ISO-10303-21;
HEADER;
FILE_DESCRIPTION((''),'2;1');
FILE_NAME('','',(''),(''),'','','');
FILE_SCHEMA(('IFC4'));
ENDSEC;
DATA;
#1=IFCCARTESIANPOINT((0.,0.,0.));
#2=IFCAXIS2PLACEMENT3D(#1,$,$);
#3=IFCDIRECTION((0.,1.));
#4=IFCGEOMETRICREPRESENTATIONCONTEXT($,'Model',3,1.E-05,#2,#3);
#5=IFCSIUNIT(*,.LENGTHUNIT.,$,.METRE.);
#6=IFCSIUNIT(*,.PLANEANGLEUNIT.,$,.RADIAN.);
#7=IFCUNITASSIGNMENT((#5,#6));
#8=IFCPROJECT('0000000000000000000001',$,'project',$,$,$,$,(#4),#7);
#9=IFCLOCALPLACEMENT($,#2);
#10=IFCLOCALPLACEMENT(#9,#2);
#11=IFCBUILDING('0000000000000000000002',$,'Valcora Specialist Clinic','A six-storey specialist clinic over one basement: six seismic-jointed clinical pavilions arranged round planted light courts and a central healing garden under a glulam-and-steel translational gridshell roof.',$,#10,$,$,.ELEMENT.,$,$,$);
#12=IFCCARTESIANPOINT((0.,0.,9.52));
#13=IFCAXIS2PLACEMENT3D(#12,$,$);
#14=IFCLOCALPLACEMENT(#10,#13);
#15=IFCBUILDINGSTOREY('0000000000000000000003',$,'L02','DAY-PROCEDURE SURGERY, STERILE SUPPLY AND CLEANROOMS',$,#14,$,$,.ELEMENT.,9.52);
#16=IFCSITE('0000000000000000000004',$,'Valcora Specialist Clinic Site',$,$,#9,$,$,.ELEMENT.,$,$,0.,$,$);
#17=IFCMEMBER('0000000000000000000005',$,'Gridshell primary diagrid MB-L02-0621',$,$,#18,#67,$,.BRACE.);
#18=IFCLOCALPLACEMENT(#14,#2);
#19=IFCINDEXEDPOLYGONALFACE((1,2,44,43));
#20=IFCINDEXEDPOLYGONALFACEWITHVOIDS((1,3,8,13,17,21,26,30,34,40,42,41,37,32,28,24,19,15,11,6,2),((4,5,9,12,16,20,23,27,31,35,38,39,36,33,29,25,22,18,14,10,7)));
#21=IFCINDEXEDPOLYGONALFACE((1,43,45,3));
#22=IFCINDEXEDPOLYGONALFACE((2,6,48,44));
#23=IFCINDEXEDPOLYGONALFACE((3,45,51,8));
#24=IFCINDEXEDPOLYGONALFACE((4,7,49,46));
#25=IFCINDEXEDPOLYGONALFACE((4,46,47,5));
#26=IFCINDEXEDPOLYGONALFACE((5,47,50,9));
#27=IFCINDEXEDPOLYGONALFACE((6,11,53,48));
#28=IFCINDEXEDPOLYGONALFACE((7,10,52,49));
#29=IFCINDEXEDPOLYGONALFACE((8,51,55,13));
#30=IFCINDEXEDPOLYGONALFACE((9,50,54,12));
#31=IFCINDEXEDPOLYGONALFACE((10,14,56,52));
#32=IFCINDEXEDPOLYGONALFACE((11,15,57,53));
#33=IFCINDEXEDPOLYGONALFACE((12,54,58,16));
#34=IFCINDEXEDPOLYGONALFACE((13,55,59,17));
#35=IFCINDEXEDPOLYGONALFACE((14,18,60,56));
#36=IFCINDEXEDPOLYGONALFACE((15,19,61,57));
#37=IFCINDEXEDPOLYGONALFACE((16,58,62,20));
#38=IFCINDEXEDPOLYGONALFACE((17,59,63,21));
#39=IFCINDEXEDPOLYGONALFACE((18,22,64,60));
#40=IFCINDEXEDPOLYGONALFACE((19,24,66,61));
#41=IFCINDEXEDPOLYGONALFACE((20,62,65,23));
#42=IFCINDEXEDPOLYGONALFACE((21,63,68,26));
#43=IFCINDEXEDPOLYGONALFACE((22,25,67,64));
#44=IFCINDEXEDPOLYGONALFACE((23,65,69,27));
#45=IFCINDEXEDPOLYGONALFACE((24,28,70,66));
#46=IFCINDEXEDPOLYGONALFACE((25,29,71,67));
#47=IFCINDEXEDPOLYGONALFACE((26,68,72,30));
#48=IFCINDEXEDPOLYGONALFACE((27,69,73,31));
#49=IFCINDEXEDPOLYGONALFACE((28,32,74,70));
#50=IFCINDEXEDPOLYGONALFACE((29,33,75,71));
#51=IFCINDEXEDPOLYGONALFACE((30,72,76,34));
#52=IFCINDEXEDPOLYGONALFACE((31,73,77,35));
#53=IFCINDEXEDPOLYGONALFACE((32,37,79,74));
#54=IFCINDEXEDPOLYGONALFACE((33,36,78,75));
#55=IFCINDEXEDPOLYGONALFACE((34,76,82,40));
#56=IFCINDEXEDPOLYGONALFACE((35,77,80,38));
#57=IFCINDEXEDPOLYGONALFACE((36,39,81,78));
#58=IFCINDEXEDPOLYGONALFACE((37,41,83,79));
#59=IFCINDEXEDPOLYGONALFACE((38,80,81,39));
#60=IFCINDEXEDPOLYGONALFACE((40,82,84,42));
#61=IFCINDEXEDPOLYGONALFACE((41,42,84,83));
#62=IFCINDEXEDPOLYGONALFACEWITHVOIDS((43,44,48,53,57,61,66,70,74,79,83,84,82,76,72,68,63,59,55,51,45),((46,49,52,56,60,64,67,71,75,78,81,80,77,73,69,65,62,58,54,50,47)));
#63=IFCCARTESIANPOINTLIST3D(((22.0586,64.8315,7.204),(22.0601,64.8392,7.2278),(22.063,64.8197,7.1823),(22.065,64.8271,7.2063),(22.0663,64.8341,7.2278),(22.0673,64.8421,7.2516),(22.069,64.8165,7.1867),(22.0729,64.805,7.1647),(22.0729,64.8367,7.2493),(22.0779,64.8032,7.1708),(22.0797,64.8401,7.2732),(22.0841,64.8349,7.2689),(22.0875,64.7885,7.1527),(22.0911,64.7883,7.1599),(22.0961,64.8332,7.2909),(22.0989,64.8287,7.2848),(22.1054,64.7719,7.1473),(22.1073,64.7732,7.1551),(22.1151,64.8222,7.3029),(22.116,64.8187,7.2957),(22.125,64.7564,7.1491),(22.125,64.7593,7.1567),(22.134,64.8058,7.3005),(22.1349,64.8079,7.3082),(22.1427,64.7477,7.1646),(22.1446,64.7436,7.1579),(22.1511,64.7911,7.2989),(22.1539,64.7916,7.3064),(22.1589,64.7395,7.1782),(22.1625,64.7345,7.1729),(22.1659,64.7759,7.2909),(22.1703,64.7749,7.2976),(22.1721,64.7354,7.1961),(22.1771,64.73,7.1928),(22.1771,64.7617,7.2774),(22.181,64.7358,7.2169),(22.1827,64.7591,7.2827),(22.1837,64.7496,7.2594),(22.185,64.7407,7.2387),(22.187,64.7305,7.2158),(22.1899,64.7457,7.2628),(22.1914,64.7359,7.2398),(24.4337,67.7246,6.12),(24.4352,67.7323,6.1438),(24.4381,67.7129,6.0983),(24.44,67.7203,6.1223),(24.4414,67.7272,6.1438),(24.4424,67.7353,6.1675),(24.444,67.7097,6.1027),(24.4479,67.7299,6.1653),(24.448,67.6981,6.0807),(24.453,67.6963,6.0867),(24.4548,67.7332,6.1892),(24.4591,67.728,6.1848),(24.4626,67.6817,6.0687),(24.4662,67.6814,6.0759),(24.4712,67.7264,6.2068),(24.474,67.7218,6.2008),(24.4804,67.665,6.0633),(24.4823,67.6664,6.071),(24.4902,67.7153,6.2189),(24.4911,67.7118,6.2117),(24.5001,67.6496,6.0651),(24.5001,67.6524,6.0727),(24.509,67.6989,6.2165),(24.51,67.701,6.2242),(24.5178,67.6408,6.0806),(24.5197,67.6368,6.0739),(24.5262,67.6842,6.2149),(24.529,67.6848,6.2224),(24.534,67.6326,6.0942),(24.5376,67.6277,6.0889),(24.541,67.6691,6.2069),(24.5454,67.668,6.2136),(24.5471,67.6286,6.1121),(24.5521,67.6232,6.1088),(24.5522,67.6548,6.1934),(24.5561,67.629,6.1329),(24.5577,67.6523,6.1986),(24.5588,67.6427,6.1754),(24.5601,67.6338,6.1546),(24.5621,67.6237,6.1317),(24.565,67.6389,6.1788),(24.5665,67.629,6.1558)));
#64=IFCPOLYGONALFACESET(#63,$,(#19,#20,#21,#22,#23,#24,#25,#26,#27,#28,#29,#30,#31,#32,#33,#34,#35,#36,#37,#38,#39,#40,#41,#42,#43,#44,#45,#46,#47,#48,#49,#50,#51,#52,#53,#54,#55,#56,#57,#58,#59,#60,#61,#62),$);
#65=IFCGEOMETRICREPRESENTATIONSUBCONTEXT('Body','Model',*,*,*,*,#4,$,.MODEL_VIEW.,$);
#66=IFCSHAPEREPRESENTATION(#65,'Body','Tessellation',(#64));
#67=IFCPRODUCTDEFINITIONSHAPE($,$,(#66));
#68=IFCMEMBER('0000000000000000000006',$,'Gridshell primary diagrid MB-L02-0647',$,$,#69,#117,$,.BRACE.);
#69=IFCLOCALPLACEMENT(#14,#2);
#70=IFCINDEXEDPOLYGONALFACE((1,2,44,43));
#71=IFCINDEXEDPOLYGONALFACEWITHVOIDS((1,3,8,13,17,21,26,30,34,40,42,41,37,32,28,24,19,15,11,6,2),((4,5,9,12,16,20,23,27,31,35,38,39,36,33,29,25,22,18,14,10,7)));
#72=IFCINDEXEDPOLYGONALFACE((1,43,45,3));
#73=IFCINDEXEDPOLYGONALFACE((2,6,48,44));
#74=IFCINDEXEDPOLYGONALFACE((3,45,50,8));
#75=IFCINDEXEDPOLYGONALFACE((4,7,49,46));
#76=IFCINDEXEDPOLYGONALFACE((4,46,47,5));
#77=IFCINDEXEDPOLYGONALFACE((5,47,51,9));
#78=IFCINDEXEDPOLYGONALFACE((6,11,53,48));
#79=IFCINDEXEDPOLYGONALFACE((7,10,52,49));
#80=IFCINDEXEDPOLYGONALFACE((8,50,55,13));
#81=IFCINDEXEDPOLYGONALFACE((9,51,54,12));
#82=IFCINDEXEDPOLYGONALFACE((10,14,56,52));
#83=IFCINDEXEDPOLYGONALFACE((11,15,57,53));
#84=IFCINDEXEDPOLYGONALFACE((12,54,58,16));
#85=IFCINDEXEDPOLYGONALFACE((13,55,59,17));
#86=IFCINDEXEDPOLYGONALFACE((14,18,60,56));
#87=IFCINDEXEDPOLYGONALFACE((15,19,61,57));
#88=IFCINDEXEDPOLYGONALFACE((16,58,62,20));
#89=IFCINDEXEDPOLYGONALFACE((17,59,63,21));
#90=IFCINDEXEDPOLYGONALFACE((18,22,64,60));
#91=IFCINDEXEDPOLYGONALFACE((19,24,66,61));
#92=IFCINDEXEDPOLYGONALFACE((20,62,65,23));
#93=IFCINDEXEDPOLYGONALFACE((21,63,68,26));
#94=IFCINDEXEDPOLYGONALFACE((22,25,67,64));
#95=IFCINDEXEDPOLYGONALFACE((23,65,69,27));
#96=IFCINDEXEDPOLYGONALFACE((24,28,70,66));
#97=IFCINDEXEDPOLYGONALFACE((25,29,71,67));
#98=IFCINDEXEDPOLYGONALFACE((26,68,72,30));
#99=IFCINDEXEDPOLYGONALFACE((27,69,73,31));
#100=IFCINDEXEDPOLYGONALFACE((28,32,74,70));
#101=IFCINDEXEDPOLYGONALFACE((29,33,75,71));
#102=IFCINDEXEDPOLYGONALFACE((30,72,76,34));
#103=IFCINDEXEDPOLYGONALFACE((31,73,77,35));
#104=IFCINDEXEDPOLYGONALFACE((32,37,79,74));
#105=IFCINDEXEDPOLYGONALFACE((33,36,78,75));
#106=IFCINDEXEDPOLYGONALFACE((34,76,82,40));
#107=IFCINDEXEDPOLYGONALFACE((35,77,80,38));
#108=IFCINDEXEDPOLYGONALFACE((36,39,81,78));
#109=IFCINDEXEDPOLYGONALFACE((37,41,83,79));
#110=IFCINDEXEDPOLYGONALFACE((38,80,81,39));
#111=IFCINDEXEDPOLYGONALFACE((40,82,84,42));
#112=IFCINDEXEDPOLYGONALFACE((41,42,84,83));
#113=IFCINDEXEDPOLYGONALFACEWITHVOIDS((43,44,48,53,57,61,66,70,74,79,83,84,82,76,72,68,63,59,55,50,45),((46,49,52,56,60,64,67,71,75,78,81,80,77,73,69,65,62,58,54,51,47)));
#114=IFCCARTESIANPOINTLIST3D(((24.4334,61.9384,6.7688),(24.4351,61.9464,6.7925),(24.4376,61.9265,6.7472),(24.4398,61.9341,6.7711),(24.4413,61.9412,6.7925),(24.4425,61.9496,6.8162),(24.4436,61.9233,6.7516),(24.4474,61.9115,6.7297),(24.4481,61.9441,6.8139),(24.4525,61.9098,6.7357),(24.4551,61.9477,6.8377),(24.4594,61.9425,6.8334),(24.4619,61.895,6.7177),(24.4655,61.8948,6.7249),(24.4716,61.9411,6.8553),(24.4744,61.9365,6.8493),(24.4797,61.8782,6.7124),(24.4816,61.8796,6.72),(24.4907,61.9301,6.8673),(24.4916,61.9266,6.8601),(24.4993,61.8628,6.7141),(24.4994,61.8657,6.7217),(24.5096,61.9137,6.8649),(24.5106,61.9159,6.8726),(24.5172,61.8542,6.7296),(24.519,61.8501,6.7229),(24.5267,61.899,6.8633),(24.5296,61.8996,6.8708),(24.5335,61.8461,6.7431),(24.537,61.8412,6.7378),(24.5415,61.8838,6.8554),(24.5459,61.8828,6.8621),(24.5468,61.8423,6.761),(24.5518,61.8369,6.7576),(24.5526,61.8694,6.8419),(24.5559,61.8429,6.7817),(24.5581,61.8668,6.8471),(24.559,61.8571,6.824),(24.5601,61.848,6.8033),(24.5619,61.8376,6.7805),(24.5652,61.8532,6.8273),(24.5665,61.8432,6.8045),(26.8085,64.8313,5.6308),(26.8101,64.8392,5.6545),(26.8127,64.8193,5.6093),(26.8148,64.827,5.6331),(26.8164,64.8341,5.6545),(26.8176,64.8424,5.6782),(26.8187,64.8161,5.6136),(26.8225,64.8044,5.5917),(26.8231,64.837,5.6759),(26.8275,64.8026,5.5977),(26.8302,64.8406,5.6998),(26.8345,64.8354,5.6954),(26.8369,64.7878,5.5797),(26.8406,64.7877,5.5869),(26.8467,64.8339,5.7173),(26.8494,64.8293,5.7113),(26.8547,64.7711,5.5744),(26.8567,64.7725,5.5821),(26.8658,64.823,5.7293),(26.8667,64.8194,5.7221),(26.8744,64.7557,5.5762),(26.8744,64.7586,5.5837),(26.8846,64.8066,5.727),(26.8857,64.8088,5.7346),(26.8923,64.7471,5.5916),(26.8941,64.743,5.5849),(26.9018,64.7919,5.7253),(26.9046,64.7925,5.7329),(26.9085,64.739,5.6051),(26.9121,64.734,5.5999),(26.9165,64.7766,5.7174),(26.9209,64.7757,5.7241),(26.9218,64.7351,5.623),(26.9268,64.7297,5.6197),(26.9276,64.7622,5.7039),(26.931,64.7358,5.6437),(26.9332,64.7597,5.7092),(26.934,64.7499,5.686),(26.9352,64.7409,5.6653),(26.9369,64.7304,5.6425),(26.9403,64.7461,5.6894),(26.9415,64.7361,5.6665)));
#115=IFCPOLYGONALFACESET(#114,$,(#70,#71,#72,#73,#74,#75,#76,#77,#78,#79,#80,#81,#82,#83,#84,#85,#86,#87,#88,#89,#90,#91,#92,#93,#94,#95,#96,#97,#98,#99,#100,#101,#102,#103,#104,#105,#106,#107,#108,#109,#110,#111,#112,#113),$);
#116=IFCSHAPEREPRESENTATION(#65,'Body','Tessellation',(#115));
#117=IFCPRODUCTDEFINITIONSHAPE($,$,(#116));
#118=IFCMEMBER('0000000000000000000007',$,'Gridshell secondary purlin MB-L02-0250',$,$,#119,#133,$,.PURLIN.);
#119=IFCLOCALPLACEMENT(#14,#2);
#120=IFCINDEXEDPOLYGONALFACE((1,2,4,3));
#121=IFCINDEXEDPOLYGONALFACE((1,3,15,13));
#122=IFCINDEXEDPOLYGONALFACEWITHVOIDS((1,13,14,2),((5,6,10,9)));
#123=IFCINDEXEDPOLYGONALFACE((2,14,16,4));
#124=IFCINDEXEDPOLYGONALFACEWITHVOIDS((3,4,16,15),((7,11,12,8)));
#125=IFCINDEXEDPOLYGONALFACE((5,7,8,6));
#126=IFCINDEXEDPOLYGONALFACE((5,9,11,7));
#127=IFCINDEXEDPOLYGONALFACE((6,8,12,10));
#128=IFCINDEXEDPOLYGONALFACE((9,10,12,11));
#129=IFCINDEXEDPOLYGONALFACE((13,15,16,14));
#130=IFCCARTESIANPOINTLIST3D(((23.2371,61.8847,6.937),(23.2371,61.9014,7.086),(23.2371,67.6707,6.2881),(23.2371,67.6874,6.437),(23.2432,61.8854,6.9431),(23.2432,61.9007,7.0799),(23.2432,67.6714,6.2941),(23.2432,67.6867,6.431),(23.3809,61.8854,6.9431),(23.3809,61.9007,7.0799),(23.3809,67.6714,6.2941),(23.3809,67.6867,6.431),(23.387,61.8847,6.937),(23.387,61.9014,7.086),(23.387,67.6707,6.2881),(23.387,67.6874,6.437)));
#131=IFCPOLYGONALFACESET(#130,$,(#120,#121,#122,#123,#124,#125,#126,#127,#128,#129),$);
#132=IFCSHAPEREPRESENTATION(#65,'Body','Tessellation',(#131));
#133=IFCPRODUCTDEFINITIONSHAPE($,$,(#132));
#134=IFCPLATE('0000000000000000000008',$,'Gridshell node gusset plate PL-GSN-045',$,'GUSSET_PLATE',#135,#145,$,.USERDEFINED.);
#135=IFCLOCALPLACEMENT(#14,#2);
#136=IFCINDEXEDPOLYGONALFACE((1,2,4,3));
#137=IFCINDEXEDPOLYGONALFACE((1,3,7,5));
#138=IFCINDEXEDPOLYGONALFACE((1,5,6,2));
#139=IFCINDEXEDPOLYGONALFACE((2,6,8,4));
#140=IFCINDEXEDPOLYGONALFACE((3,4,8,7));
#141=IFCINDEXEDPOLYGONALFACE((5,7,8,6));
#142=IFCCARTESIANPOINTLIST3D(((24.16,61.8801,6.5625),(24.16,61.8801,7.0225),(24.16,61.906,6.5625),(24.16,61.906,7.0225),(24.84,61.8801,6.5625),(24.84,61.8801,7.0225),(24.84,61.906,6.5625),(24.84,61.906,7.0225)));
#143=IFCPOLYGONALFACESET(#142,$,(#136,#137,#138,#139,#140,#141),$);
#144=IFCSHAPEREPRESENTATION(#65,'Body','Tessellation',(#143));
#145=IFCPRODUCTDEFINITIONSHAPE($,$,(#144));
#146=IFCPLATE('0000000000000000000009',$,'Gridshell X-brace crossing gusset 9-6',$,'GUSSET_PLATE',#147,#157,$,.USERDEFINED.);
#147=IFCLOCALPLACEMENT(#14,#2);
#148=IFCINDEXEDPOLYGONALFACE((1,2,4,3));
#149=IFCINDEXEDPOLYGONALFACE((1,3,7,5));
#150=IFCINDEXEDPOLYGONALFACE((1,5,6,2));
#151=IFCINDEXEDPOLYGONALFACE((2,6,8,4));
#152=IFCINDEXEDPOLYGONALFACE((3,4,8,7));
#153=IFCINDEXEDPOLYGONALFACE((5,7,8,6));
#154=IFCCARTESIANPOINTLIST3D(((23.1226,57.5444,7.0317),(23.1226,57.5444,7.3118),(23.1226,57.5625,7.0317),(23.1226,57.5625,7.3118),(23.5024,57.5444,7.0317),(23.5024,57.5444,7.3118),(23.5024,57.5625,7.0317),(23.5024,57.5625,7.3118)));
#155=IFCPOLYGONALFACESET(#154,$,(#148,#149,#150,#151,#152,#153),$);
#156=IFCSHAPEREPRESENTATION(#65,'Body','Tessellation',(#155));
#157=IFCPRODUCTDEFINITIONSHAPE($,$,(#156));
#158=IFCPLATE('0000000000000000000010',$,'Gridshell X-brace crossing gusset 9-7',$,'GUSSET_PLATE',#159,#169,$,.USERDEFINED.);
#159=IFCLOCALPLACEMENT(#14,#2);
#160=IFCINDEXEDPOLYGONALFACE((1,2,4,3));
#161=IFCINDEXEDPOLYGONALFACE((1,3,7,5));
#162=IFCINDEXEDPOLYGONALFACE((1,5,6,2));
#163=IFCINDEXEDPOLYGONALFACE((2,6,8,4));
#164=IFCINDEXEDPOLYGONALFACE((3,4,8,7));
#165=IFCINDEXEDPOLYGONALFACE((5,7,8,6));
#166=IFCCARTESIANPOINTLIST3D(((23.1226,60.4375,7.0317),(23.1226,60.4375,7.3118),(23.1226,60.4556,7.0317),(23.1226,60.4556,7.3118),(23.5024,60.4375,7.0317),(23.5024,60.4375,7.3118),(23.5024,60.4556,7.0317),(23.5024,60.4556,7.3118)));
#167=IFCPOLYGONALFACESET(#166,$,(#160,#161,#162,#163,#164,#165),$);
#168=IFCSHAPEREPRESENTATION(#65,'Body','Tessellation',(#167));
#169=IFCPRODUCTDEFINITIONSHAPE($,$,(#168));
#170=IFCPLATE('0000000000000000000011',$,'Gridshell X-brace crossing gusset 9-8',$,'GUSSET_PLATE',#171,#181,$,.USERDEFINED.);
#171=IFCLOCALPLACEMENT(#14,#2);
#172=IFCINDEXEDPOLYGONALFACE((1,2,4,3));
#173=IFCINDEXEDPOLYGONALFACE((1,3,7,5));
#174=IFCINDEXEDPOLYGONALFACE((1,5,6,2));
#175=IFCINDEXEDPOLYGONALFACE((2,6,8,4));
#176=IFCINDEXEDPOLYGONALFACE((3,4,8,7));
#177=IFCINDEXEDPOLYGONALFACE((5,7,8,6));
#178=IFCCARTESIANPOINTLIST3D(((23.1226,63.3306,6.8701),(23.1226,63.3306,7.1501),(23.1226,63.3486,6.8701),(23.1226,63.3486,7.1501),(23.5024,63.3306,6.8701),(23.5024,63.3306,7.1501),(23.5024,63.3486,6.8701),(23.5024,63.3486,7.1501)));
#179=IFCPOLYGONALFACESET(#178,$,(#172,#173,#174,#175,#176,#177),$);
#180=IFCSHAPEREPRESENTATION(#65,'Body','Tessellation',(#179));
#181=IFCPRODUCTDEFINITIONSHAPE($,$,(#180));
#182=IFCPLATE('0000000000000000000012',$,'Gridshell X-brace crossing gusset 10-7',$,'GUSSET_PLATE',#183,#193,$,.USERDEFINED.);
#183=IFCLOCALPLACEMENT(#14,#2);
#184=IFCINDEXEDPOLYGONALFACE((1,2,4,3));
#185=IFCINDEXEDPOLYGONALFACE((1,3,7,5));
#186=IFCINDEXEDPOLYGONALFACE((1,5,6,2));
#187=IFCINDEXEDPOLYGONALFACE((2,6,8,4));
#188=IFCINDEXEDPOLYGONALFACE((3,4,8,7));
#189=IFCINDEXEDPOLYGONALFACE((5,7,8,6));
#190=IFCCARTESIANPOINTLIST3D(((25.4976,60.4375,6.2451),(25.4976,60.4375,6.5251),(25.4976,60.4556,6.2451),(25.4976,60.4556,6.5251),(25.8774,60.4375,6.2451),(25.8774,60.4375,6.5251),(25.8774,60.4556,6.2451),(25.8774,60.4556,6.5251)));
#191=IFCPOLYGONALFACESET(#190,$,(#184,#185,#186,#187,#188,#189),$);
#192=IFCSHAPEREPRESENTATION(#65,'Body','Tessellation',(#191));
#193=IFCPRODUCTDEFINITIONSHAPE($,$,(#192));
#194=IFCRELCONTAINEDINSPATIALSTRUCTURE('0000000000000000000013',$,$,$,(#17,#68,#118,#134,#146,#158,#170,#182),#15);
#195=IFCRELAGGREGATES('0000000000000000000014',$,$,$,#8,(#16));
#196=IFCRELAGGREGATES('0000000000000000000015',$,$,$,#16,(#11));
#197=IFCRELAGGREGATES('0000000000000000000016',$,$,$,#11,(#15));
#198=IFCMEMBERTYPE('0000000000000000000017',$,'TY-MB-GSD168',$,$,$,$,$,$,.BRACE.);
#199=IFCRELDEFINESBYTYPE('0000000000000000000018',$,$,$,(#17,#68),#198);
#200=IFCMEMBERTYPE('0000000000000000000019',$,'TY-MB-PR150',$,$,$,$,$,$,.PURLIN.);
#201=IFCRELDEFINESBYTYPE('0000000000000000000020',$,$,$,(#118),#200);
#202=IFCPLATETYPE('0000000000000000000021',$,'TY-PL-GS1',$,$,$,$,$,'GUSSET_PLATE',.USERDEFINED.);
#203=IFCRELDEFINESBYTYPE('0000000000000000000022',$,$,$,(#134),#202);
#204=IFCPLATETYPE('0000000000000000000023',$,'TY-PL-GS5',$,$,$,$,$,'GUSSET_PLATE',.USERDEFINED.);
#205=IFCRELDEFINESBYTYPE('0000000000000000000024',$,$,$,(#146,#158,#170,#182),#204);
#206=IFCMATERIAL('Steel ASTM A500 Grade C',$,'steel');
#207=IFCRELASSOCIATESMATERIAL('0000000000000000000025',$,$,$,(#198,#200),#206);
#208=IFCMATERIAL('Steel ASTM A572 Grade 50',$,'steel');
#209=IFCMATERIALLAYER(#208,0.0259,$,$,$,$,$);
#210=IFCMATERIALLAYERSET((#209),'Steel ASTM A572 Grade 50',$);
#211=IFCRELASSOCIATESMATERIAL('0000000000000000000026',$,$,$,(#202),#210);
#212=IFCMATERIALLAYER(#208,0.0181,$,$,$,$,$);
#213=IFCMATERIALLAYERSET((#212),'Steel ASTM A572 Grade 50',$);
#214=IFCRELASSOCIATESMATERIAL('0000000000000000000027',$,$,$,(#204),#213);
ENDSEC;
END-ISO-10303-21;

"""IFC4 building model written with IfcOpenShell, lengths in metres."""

from ifc_helpers import new_model, si_unit, direction, frame, origin, origin_2d, place, context, subcontext, project, spatial, rectangle, hollow_rectangle, hollow_circle, extrude, material, layer, layer_set, material_profile, profile_set, type_object, element, save


model = new_model("IFC4")

# Units and contexts
model_context = context("Model", 3, precision=1e-05, world=origin(), true_north=direction((0.0, 1.0)))
body_context = subcontext(model_context, "Body", "Model", "MODEL_VIEW")
ifc_project = project(units=[si_unit("LENGTHUNIT", "METRE"), si_unit("PLANEANGLEUNIT", "RADIAN")], contexts=[model_context])

# Site, building, storey
site_placement = place(None, origin())
site = spatial("IfcSite", under=ifc_project, at=site_placement, Name="Valcora Specialist Clinic Site", CompositionType="ELEMENT", RefElevation=0.0)
building_placement = place(site_placement, origin())
building = spatial("IfcBuilding", under=site, at=building_placement, Name="Valcora Specialist Clinic", Description="A six-storey specialist clinic over one basement: six seismic-jointed clinical pavilions arranged round planted light courts and a central healing garden under a glulam-and-steel translational gridshell roof.", CompositionType="ELEMENT")
storey_placement = place(building_placement, frame((0.0, 0.0, 9.52)))
storey = spatial("IfcBuildingStorey", under=building, at=storey_placement, Name="L02", Description="DAY-PROCEDURE SURGERY, STERILE SUPPLY AND CLEANROOMS", CompositionType="ELEMENT", Elevation=9.52)

# Members
ifc_material_1 = material(Name="Steel ASTM A500 Grade C", Category="steel")
ifc_material_profile_1 = material_profile(ifc_material_1, hollow_circle(Radius=0.084, WallThickness=0.0081, at=origin_2d()), Name="ST-CHS-168X8")
ifc_profile_set_1 = profile_set([ifc_material_profile_1], Name="Steel ASTM A500 Grade C")
member_type_1 = type_object("IfcMemberType", Name="TY-MB-GSD168", PredefinedType="BRACE", material=ifc_profile_set_1)
member_1_placement = place(storey_placement, frame((22.125, 64.7859, 7.2278), z_axis=(0.609466, 0.742411, -0.278169), x_axis=(-0.772916, 0.634508, 0.0)))
element("IfcMember", 1, at=member_1_placement, inside=storey, type_object=member_type_1, Name="Gridshell primary diagrid MB-L02-0621", PredefinedType="BRACE", context=body_context, shape_type="SweptSolid", body=[
    extrude(hollow_circle(Radius=0.084, WallThickness=0.0081, at=origin_2d()), origin(), (0.0, 0.0, 1.0), 3.897),
])
member_2_placement = place(storey_placement, frame((24.5, 61.8931, 6.7925), z_axis=(0.607102, 0.739469, -0.290882), x_axis=(-0.77289, 0.63454, 0.0)))
element("IfcMember", 2, at=member_2_placement, inside=storey, type_object=member_type_1, Name="Gridshell primary diagrid MB-L02-0647", PredefinedType="BRACE", context=body_context, shape_type="SweptSolid", body=[
    extrude(hollow_circle(Radius=0.084, WallThickness=0.0081, at=origin_2d()), origin(), (0.0, 0.0, 1.0), 3.9121),
])
ifc_material_profile_2 = material_profile(ifc_material_1, hollow_rectangle(XDim=0.1499, YDim=0.1499, WallThickness=0.0061, at=origin_2d()), Name="ST-RHS-150X150X6")
ifc_profile_set_2 = profile_set([ifc_material_profile_2], Name="Steel ASTM A500 Grade C")
member_type_2 = type_object("IfcMemberType", Name="TY-MB-PR150", PredefinedType="PURLIN", material=ifc_profile_set_2)
member_3_placement = place(storey_placement, frame((23.312, 61.8931, 7.0115), z_axis=(0.0, 0.993769, -0.111458), x_axis=(-1.0, 0.0, 0.0)))
element("IfcMember", 3, at=member_3_placement, inside=storey, type_object=member_type_2, Name="Gridshell secondary purlin MB-L02-0250", PredefinedType="PURLIN", context=body_context, shape_type="SweptSolid", body=[
    extrude(hollow_rectangle(XDim=0.1499, YDim=0.1499, WallThickness=0.0061, at=origin_2d()), origin(), (0.0, 0.0, 1.0), 5.8223),
])

# Plates
ifc_material_2 = material(Name="Steel ASTM A572 Grade 50", Category="steel")
ifc_layer_1 = layer(ifc_material_2, 0.0259)
ifc_layer_set_1 = layer_set([ifc_layer_1], Name="Steel ASTM A572 Grade 50")
plate_type_1 = type_object("IfcPlateType", Name="TY-PL-GS1", ElementType="GUSSET_PLATE", PredefinedType="USERDEFINED", material=ifc_layer_set_1)
plate_placement = place(storey_placement, frame((24.5, 61.8931, 6.5625), z_axis=(0.0, 0.0, 1.0), x_axis=(1.0, 0.0, 0.0)))
element("IfcPlate", 4, at=plate_placement, inside=storey, type_object=plate_type_1, Name="Gridshell node gusset plate PL-GSN-045", ObjectType="GUSSET_PLATE", PredefinedType="USERDEFINED", context=body_context, shape_type="SweptSolid", body=[
    extrude(rectangle(XDim=0.6799, YDim=0.0259, at=origin_2d()), origin(), (0.0, 0.0, 1.0), 0.46),
])
ifc_layer_2 = layer(ifc_material_2, 0.0181)
ifc_layer_set_2 = layer_set([ifc_layer_2], Name="Steel ASTM A572 Grade 50")
plate_type_2 = type_object("IfcPlateType", Name="TY-PL-GS5", ElementType="GUSSET_PLATE", PredefinedType="USERDEFINED", material=ifc_layer_set_2)
for number, where, z_axis, x_axis, name in (
    (5, (23.3125, 57.5535, 7.0317), (0.0, 0.0, 1.0), (1.0, 0.0, 0.0), "Gridshell X-brace crossing gusset 9-6"),
    (6, (23.3125, 60.4465, 7.0317), (0.0, 0.0, 1.0), (1.0, 0.0, 0.0), "Gridshell X-brace crossing gusset 9-7"),
    (7, (23.3125, 63.3396, 6.8701), (0.0, 0.0, 1.0), (1.0, 0.0, 0.0), "Gridshell X-brace crossing gusset 9-8"),
    (8, (25.6875, 60.4465, 6.2451), (0.0, 0.0, 1.0), (1.0, 0.0, 0.0), "Gridshell X-brace crossing gusset 10-7"),
):
    element("IfcPlate", number, at=place(storey_placement, frame(where, z_axis=z_axis, x_axis=x_axis)), inside=storey, type_object=plate_type_2, Name=name, ObjectType="GUSSET_PLATE", PredefinedType="USERDEFINED", context=body_context, shape_type="SweptSolid", body=[
        extrude(rectangle(XDim=0.3799, YDim=0.0181, at=origin_2d()), origin(), (0.0, 0.0, 1.0), 0.28),
    ])

save(model, "model.ifc")
